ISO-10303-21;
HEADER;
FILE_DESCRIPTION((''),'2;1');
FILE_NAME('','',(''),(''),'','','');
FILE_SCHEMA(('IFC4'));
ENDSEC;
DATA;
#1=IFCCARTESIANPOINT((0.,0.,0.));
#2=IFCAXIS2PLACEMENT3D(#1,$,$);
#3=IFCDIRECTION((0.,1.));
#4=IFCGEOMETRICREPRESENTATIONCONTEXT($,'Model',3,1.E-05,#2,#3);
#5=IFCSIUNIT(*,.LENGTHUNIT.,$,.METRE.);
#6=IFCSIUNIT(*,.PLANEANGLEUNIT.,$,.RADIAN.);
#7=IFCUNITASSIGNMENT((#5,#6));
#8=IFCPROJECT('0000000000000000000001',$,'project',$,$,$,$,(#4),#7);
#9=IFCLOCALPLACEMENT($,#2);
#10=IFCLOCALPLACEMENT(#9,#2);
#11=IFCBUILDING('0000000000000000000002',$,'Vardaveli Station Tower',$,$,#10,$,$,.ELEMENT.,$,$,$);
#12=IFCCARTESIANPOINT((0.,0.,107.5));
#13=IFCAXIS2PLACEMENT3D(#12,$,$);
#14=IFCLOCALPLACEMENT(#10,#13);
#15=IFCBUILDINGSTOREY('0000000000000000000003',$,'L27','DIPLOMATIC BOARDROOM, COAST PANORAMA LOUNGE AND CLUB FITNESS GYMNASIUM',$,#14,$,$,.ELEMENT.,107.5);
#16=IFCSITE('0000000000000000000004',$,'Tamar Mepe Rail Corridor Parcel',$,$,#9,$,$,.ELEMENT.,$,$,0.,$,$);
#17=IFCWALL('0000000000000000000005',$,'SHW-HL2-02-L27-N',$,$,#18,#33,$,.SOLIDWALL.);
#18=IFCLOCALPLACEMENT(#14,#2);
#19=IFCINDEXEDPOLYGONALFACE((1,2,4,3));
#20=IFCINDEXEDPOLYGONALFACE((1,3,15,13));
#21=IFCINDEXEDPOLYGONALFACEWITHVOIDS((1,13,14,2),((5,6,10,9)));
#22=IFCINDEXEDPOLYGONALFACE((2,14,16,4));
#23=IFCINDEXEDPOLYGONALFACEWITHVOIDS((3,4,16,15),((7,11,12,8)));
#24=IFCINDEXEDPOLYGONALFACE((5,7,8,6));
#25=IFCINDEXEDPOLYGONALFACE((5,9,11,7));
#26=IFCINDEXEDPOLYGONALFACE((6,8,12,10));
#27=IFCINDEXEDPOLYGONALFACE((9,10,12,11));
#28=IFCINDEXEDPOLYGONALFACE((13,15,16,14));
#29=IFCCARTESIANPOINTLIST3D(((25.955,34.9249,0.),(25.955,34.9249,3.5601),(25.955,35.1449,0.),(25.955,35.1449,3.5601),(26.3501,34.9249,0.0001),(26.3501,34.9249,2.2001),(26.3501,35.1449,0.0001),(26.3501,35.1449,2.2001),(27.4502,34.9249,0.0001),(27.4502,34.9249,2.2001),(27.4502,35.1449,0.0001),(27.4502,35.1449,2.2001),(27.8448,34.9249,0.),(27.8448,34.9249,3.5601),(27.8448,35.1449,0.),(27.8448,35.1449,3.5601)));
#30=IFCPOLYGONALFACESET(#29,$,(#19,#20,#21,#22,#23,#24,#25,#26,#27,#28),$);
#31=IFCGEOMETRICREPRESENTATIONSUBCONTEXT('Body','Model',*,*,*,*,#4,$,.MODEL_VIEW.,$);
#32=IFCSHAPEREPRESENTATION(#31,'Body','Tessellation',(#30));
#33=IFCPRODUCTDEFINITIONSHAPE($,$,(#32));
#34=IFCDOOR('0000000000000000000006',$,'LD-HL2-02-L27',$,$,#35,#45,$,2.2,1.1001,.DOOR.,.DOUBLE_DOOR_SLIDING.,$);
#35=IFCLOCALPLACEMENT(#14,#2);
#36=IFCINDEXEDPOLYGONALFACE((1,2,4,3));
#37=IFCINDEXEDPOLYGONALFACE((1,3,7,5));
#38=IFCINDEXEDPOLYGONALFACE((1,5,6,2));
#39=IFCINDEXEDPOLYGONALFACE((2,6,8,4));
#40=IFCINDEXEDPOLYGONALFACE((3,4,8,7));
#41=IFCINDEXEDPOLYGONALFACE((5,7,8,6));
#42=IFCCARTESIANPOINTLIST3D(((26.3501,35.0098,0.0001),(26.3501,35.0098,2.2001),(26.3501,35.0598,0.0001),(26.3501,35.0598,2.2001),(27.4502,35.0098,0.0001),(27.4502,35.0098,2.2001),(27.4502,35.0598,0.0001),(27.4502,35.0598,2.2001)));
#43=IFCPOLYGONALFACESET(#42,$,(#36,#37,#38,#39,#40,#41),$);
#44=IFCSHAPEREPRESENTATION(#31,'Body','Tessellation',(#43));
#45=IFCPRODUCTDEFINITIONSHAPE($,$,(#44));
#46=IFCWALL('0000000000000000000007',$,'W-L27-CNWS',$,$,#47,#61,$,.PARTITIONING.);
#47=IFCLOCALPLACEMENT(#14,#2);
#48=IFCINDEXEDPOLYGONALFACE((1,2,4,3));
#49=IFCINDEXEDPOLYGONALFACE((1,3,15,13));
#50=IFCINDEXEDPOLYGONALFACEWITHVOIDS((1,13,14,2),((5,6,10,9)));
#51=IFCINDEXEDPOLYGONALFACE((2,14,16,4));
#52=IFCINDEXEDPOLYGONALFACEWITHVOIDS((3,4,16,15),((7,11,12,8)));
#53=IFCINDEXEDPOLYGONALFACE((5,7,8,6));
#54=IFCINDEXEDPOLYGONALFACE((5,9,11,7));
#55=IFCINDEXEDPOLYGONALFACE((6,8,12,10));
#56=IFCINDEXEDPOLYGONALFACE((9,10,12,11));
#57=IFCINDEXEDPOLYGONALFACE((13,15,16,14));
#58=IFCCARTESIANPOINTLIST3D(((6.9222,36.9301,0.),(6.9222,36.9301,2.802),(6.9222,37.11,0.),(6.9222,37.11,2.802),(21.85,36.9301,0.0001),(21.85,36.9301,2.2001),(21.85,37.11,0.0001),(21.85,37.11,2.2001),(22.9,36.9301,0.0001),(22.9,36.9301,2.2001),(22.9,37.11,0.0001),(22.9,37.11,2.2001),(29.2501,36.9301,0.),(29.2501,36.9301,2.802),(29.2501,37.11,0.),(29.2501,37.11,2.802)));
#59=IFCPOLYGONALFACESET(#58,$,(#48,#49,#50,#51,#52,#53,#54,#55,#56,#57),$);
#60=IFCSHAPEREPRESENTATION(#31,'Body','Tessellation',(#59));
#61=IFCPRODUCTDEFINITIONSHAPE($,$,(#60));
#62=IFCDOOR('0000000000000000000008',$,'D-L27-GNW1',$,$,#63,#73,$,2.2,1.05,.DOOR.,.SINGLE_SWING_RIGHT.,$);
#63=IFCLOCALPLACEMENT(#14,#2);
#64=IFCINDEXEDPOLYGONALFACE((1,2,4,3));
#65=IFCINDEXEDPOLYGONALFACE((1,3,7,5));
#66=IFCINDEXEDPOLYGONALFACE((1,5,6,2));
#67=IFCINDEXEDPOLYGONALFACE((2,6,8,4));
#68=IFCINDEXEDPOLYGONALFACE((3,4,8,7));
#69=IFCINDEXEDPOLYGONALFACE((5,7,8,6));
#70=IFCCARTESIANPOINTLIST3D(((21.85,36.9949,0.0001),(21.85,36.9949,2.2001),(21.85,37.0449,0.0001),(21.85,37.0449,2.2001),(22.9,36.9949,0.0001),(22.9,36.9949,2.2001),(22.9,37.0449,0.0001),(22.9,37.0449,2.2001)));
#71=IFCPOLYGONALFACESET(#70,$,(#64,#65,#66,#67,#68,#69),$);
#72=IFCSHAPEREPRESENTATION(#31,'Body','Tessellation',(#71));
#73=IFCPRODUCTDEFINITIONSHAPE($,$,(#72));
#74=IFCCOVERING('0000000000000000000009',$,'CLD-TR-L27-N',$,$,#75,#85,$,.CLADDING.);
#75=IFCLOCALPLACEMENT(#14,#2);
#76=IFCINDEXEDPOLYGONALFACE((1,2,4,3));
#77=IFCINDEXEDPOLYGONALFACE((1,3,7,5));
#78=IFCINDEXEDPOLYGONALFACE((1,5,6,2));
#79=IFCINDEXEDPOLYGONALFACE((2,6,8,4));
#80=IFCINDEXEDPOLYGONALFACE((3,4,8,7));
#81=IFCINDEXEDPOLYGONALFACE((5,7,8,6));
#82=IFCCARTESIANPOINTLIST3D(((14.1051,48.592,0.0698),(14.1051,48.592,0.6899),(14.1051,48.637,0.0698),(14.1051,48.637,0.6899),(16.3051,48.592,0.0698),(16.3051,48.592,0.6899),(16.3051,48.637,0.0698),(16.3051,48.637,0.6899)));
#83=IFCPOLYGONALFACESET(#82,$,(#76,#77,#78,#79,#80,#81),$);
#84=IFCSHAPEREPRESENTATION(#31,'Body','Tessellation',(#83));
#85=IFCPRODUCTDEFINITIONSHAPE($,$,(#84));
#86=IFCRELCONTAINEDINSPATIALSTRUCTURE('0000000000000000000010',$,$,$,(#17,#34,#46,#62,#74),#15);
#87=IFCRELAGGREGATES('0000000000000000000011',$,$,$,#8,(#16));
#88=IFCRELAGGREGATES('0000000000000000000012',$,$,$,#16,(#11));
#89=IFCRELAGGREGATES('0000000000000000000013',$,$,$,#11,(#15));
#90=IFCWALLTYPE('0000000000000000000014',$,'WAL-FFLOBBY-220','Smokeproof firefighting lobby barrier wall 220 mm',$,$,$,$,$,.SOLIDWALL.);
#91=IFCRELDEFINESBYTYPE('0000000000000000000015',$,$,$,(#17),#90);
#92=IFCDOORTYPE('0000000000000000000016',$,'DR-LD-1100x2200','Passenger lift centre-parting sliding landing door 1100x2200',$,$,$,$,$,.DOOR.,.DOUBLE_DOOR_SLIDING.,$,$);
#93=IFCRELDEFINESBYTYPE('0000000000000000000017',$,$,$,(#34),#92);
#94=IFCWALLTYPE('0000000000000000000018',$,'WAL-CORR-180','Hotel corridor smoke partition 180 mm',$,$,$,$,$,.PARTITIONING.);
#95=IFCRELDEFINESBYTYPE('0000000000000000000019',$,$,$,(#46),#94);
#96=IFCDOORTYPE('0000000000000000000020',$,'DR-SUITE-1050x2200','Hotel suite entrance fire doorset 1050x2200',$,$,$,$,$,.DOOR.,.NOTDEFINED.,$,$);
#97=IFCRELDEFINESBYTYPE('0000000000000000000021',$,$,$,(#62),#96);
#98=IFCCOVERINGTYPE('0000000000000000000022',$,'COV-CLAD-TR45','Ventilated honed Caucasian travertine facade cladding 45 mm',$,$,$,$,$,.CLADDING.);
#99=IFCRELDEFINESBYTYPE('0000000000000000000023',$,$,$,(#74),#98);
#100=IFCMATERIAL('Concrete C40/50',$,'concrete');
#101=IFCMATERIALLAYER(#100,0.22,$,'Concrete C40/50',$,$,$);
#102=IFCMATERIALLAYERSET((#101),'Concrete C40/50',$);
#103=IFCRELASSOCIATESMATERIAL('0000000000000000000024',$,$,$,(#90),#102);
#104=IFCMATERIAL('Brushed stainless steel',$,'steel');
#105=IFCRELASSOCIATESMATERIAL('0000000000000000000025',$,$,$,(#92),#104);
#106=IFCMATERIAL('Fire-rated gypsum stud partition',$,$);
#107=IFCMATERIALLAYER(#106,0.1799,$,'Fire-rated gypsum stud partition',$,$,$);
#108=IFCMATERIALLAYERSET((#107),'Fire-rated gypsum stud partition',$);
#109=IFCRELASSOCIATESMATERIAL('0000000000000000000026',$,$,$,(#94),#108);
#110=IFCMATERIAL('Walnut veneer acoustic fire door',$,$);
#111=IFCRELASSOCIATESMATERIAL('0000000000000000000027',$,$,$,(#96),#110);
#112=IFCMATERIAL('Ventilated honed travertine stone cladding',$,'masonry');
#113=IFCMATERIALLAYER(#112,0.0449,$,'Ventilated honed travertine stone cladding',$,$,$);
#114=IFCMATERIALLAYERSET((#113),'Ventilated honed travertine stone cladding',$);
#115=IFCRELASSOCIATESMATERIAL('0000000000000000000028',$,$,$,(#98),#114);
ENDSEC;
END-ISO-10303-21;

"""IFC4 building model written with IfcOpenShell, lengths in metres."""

from ifc_helpers import new_model, si_unit, direction, frame, frame_2d, origin, origin_2d, place, context, subcontext, project, spatial, rectangle, extrude, source, transform, mapped, material, layer, layer_set, type_object, element, fill, save


model = new_model("IFC4")

# Units and contexts
model_context = context("Model", 3, precision=1e-05, world=origin(), true_north=direction((0.0, 1.0)))
body_context = subcontext(model_context, "Body", "Model", "MODEL_VIEW")
ifc_project = project(units=[si_unit("LENGTHUNIT", "METRE"), si_unit("PLANEANGLEUNIT", "RADIAN")], contexts=[model_context])

# Site, building, storey
site_placement = place(None, origin())
site = spatial("IfcSite", under=ifc_project, at=site_placement, Name="Tamar Mepe Rail Corridor Parcel", CompositionType="ELEMENT", RefElevation=0.0)
building_placement = place(site_placement, origin())
building = spatial("IfcBuilding", under=site, at=building_placement, Name="Vardaveli Station Tower", CompositionType="ELEMENT")
storey_placement = place(building_placement, frame((0.0, 0.0, 107.5)))
storey = spatial("IfcBuildingStorey", under=building, at=storey_placement, Name="L27", Description="DIPLOMATIC BOARDROOM, COAST PANORAMA LOUNGE AND CLUB FITNESS GYMNASIUM", CompositionType="ELEMENT", Elevation=107.5)

# Walls, openings, doors
ifc_material_1 = material(Name="Concrete C40/50", Category="concrete")
ifc_layer_1 = layer(ifc_material_1, 0.22, Name="Concrete C40/50")
ifc_layer_set_1 = layer_set([ifc_layer_1], Name="Concrete C40/50")
wall_type_1 = type_object("IfcWallType", Name="WAL-FFLOBBY-220", Description="Smokeproof firefighting lobby barrier wall 220 mm", PredefinedType="SOLIDWALL", material=ifc_layer_set_1)
shared_shape_1 = source(origin(), body_context, "Body", "SweptSolid", [
    extrude(rectangle(XDim=1.8899, YDim=0.22, at=frame_2d((0.9448, 0.0))), origin(), (0.0, 0.0, 1.0), 3.5601),
])
shared_shape_2 = source(origin(), body_context, "Body", "SweptSolid", [
    extrude(rectangle(XDim=1.1001, YDim=2.2, at=frame_2d((0.55, 1.1001))), frame((0.0, 0.1201, 0.0), z_axis=(0.0, -1.0, 0.0), x_axis=(1.0, 0.0, 0.0)), (0.0, 0.0, 1.0), 0.24),
])
ifc_material_2 = material(Name="Brushed stainless steel", Category="steel")
door_type_1 = type_object("IfcDoorType", Name="DR-LD-1100x2200", Description="Passenger lift centre-parting sliding landing door 1100x2200", OperationType="DOUBLE_DOOR_SLIDING", PredefinedType="DOOR", material=ifc_material_2)
shared_shape_3 = source(origin(), body_context, "Body", "SweptSolid", [
    extrude(rectangle(XDim=1.1001, YDim=2.2, at=frame_2d((0.55, 1.1001))), frame((0.0, 0.0249, 0.0), z_axis=(0.0, -1.0, 0.0), x_axis=(1.0, 0.0, 0.0)), (0.0, 0.0, 1.0), 0.05),
])
wall_1_placement = place(storey_placement, frame((25.9551, 35.0349, 0.0), z_axis=(0.0, 0.0, 1.0), x_axis=(1.0, 0.0, 0.0)))
wall_1 = element("IfcWall", 1, at=wall_1_placement, inside=storey, type_object=wall_type_1, Name="SHW-HL2-02-L27-N", PredefinedType="SOLIDWALL", context=body_context, shape_type="MappedRepresentation", body=[
    mapped(shared_shape_1, transform((0.0, 0.0, 0.0), scale=1.0)),
])
opening_1_placement = place(wall_1_placement, frame((0.395, 0.0, 0.0)))
opening_1 = element("IfcOpeningElement", 2, at=opening_1_placement, cuts=wall_1, PredefinedType="OPENING", context=body_context, shape_type="MappedRepresentation", body=[
    mapped(shared_shape_2, transform((0.0, 0.0, 0.0), scale=1.0)),
])
door_1_placement = place(opening_1_placement, origin())
door_1 = element("IfcDoor", 3, at=door_1_placement, inside=storey, type_object=door_type_1, Name="LD-HL2-02-L27", OperationType="DOUBLE_DOOR_SLIDING", OverallHeight=2.2, OverallWidth=1.1001, PredefinedType="DOOR", context=body_context, shape_type="MappedRepresentation", body=[
    mapped(shared_shape_3, transform((0.0, 0.0, 0.0), scale=1.0)),
])
fill(opening_1, door_1)
ifc_material_3 = material(Name="Fire-rated gypsum stud partition")
ifc_layer_2 = layer(ifc_material_3, 0.1799, Name="Fire-rated gypsum stud partition")
ifc_layer_set_2 = layer_set([ifc_layer_2], Name="Fire-rated gypsum stud partition")
wall_type_2 = type_object("IfcWallType", Name="WAL-CORR-180", Description="Hotel corridor smoke partition 180 mm", PredefinedType="PARTITIONING", material=ifc_layer_set_2)
shared_shape_4 = source(origin(), body_context, "Body", "SweptSolid", [
    extrude(rectangle(XDim=22.3279, YDim=0.1799, at=frame_2d((11.1641, 0.0))), origin(), (0.0, 0.0, 1.0), 2.802),
])
wall_2_placement = place(storey_placement, frame((6.9221, 37.02, 0.0), z_axis=(0.0, 0.0, 1.0), x_axis=(1.0, 0.0, 0.0)))
wall_2 = element("IfcWall", 4, at=wall_2_placement, inside=storey, type_object=wall_type_2, Name="W-L27-CNWS", PredefinedType="PARTITIONING", context=body_context, shape_type="MappedRepresentation", body=[
    mapped(shared_shape_4, transform((0.0, 0.0, 0.0), scale=1.0)),
])
shared_shape_5 = source(origin(), body_context, "Body", "SweptSolid", [
    extrude(rectangle(XDim=1.05, YDim=2.2, at=frame_2d((0.5249, 1.1001))), frame((0.0, 0.1001, 0.0), z_axis=(0.0, -1.0, 0.0), x_axis=(1.0, 0.0, 0.0)), (0.0, 0.0, 1.0), 0.2),
])
opening_2_placement = place(wall_2_placement, frame((14.928, 0.0, 0.0)))
opening_2 = element("IfcOpeningElement", 5, at=opening_2_placement, cuts=wall_2, PredefinedType="OPENING", context=body_context, shape_type="MappedRepresentation", body=[
    mapped(shared_shape_5, transform((0.0, 0.0, 0.0), scale=1.0)),
])
ifc_material_4 = material(Name="Walnut veneer acoustic fire door")
door_type_2 = type_object("IfcDoorType", Name="DR-SUITE-1050x2200", Description="Hotel suite entrance fire doorset 1050x2200", OperationType="NOTDEFINED", PredefinedType="DOOR", material=ifc_material_4)
shared_shape_6 = source(origin(), body_context, "Body", "SweptSolid", [
    extrude(rectangle(XDim=1.05, YDim=2.2, at=frame_2d((0.5249, 1.1001))), frame((0.0, 0.0249, 0.0), z_axis=(0.0, -1.0, 0.0), x_axis=(1.0, 0.0, 0.0)), (0.0, 0.0, 1.0), 0.05),
])
door_2_placement = place(opening_2_placement, origin())
door_2 = element("IfcDoor", 6, at=door_2_placement, inside=storey, type_object=door_type_2, Name="D-L27-GNW1", OperationType="SINGLE_SWING_RIGHT", OverallHeight=2.2, OverallWidth=1.05, PredefinedType="DOOR", context=body_context, shape_type="MappedRepresentation", body=[
    mapped(shared_shape_6, transform((0.0, 0.0, 0.0), scale=1.0)),
])
fill(opening_2, door_2)

# Covering
ifc_material_5 = material(Name="Ventilated honed travertine stone cladding", Category="masonry")
ifc_layer_3 = layer(ifc_material_5, 0.0449, Name="Ventilated honed travertine stone cladding")
ifc_layer_set_3 = layer_set([ifc_layer_3], Name="Ventilated honed travertine stone cladding")
covering_type = type_object("IfcCoveringType", Name="COV-CLAD-TR45", Description="Ventilated honed Caucasian travertine facade cladding 45 mm", PredefinedType="CLADDING", material=ifc_layer_set_3)
shared_shape_7 = source(origin(), body_context, "Body", "SweptSolid", [
    extrude(rectangle(XDim=2.2, YDim=0.0449, at=origin_2d()), origin(), (0.0, 0.0, 1.0), 0.6201),
])
covering_placement = place(storey_placement, frame((15.2051, 48.6145, 0.0698), z_axis=(0.0, 0.0, 1.0), x_axis=(1.0, 0.0, 0.0)))
element("IfcCovering", 7, at=covering_placement, inside=storey, type_object=covering_type, Name="CLD-TR-L27-N", PredefinedType="CLADDING", context=body_context, shape_type="MappedRepresentation", body=[
    mapped(shared_shape_7, transform((0.0, 0.0, 0.0), scale=1.0)),
])

save(model, "model.ifc")
